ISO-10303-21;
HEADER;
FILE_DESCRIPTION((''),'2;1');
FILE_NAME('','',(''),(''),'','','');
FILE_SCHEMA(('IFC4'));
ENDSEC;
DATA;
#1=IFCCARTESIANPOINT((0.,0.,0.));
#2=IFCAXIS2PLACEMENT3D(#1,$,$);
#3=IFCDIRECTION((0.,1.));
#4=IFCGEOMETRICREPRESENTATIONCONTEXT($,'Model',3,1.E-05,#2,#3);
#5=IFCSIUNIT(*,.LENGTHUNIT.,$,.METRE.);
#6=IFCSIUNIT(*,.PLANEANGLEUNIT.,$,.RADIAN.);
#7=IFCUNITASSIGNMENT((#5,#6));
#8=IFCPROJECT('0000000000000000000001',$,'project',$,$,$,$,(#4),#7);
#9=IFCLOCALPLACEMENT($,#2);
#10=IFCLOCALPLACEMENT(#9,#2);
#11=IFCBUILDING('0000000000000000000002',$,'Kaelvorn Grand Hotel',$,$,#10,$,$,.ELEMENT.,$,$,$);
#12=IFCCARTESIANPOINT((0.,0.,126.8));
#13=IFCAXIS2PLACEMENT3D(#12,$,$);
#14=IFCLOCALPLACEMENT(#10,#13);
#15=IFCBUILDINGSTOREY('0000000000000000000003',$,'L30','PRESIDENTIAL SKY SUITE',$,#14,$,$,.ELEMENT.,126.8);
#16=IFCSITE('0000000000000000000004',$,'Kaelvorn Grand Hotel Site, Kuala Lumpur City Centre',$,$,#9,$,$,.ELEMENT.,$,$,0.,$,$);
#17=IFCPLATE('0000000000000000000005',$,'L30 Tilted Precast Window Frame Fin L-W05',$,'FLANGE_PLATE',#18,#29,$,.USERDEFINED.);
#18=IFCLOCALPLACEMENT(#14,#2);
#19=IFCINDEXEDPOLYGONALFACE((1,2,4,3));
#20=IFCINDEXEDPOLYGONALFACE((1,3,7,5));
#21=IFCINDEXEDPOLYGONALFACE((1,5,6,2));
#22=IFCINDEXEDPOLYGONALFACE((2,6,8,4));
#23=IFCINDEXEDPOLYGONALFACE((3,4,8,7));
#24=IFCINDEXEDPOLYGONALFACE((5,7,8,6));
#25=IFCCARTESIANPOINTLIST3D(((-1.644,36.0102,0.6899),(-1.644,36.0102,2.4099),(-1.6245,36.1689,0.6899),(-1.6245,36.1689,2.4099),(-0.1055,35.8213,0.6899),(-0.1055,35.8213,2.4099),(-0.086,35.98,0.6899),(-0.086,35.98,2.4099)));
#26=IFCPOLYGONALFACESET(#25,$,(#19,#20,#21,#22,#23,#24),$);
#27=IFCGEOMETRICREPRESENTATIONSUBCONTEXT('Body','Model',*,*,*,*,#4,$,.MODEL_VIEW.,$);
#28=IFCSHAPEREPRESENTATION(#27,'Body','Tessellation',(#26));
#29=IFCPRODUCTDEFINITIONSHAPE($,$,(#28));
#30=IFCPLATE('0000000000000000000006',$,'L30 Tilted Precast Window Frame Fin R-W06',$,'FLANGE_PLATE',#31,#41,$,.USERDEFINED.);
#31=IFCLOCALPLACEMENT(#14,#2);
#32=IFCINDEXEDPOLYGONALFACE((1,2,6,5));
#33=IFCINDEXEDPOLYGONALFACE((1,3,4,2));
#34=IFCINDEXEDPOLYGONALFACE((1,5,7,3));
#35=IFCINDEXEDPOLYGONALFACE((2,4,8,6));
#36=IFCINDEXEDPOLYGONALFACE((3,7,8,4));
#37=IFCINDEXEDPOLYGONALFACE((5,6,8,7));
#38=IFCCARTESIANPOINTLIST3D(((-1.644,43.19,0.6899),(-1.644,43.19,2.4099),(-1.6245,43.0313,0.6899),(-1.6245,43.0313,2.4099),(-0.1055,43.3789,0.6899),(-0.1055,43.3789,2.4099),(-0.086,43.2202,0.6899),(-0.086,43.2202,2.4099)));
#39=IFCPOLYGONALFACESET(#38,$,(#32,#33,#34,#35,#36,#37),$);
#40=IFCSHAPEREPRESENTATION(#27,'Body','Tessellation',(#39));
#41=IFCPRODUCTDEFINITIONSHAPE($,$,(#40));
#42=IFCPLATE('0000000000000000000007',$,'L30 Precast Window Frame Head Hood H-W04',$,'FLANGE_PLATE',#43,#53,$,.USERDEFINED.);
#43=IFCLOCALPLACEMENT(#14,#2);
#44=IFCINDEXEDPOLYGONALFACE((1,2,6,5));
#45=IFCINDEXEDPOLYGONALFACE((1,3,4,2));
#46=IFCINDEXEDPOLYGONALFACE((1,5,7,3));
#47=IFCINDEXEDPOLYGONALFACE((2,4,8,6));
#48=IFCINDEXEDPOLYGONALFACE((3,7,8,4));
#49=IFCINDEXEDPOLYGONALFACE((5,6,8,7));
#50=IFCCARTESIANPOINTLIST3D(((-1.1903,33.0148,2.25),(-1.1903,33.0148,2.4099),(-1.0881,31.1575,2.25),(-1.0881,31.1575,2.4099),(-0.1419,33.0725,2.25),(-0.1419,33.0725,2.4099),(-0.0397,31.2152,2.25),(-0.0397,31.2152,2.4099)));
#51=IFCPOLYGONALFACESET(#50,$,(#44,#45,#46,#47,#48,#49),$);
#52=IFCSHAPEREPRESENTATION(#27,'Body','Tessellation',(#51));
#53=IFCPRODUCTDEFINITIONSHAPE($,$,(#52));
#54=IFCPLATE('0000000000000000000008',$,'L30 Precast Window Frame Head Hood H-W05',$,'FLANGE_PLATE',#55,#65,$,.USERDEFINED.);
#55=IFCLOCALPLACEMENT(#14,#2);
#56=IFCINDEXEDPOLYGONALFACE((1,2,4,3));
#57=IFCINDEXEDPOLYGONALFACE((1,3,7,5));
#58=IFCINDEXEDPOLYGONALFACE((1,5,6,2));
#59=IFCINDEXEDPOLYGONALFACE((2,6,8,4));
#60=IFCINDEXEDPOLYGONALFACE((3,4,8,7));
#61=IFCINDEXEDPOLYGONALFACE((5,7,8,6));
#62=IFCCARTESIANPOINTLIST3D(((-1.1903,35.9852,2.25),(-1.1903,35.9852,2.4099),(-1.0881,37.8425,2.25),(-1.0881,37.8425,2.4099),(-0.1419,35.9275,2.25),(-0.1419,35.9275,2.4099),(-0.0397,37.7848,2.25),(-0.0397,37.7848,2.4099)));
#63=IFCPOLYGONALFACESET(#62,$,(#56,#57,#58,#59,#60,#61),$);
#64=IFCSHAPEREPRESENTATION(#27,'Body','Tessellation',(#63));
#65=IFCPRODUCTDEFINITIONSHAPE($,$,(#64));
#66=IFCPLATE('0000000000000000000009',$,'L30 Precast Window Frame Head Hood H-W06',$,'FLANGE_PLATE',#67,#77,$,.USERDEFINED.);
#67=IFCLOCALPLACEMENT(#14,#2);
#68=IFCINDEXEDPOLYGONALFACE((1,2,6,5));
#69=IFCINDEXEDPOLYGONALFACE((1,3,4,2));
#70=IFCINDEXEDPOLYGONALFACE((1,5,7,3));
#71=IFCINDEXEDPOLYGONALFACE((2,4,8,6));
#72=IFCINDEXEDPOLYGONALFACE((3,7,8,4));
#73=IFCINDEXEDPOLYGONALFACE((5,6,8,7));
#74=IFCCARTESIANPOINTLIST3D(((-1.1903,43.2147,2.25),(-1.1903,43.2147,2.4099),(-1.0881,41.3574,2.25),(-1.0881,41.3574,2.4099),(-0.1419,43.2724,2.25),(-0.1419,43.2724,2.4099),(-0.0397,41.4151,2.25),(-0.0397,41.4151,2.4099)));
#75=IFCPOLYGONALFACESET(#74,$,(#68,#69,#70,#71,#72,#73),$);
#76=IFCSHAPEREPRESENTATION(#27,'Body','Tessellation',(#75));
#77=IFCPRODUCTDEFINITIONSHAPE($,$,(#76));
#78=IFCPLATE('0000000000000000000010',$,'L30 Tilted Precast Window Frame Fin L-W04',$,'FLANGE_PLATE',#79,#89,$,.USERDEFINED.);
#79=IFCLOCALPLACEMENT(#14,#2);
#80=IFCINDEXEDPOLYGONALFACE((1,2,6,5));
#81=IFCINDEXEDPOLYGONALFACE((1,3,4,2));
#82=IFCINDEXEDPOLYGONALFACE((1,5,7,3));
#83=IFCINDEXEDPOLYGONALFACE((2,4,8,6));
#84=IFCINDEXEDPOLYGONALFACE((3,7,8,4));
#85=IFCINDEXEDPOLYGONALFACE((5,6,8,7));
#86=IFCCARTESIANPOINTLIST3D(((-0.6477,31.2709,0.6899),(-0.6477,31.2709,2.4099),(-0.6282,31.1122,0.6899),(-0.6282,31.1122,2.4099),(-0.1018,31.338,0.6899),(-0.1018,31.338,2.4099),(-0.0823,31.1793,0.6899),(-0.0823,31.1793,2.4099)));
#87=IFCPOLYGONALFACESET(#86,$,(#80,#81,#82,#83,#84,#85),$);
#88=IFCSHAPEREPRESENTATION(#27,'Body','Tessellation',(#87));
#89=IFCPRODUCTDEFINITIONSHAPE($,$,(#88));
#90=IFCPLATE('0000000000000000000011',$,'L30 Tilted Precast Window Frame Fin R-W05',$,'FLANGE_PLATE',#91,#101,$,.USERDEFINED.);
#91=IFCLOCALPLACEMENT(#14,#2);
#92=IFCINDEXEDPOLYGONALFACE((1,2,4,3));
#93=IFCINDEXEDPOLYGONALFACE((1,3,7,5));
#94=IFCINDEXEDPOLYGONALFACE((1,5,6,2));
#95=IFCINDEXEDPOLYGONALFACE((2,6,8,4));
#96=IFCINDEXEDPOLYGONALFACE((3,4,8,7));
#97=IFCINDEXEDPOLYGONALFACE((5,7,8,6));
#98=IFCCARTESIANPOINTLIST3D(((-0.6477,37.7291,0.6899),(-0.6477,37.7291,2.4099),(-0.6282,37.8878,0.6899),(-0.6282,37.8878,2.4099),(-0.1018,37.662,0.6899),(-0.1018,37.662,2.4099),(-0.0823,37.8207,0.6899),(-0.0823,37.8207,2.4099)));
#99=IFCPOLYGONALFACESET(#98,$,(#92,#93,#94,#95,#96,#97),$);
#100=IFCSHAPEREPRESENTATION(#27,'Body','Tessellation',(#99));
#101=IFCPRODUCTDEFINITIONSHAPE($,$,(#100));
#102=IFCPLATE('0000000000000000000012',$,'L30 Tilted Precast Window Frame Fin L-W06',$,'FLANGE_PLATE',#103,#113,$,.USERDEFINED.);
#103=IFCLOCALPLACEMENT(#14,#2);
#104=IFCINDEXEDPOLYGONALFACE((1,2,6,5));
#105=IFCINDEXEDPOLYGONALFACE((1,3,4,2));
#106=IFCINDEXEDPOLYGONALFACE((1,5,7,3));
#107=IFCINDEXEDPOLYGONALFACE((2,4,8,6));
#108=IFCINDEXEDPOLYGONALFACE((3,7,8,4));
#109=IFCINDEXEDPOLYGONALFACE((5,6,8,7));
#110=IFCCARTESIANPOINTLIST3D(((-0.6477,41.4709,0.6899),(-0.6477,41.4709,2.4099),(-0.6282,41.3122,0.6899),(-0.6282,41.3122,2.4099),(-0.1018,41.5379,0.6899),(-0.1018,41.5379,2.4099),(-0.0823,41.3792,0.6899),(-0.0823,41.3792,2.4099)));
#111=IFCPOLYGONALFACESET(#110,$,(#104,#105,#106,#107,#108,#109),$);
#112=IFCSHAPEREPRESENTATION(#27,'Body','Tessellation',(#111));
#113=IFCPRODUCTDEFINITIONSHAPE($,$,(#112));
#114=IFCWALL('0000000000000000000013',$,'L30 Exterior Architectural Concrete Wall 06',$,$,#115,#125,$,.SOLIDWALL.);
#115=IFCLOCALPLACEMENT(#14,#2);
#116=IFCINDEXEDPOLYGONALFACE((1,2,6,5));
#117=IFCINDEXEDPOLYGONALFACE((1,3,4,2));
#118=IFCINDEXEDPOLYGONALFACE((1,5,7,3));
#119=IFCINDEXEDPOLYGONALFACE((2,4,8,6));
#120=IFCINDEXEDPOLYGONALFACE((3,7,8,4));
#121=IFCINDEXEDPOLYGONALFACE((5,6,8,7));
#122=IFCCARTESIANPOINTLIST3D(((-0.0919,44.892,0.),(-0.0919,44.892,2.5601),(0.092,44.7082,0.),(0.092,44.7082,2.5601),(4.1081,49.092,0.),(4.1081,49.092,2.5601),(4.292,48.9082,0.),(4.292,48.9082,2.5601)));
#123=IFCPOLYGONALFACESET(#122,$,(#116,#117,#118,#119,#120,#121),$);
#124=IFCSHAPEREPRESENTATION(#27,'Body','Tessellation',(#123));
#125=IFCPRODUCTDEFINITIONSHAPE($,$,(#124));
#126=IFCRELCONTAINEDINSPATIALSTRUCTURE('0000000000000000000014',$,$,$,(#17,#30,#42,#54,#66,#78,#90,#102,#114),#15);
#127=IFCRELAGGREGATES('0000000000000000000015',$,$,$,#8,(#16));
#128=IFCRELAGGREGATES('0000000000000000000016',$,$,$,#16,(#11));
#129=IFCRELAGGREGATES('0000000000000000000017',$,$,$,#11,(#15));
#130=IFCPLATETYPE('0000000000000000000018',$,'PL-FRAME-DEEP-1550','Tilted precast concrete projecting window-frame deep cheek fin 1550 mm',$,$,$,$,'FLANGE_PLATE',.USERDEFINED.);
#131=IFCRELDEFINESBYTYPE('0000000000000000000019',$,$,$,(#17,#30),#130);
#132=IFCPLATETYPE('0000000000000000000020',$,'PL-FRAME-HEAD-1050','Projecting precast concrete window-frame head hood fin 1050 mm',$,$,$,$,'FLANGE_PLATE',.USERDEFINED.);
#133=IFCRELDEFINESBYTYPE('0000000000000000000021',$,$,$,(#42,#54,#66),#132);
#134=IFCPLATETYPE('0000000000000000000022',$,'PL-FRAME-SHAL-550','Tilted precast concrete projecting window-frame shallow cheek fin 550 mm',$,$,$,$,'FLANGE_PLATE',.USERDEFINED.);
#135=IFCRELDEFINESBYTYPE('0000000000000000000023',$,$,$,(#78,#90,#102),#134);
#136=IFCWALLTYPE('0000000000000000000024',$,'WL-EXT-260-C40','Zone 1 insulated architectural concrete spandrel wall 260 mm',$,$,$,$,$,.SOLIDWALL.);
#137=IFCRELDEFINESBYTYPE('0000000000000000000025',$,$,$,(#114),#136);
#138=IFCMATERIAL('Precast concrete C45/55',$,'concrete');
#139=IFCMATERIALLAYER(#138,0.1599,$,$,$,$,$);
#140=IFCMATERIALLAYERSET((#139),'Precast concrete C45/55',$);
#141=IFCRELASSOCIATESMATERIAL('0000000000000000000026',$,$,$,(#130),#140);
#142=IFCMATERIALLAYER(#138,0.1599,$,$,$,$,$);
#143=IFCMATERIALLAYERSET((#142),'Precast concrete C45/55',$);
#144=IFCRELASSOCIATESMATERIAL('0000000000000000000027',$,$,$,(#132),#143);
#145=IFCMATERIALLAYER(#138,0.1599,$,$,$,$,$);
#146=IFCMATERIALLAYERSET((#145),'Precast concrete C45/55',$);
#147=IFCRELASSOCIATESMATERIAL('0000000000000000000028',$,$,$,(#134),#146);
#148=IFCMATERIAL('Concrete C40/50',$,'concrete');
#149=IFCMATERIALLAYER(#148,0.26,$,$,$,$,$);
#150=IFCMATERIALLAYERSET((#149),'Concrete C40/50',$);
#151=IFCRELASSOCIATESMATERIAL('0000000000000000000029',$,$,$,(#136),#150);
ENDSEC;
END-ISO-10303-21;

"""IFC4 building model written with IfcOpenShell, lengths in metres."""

from ifc_helpers import new_model, si_unit, direction, frame, frame_2d, origin, origin_2d, place, context, subcontext, project, spatial, rectangle, extrude, material, layer, layer_set, type_object, element, save


model = new_model("IFC4")

# Units and contexts
model_context = context("Model", 3, precision=1e-05, world=origin(), true_north=direction((0.0, 1.0)))
body_context = subcontext(model_context, "Body", "Model", "MODEL_VIEW")
ifc_project = project(units=[si_unit("LENGTHUNIT", "METRE"), si_unit("PLANEANGLEUNIT", "RADIAN")], contexts=[model_context])

# Site, building, storey
site_placement = place(None, origin())
site = spatial("IfcSite", under=ifc_project, at=site_placement, Name="Kaelvorn Grand Hotel Site, Kuala Lumpur City Centre", CompositionType="ELEMENT", RefElevation=0.0)
building_placement = place(site_placement, origin())
building = spatial("IfcBuilding", under=site, at=building_placement, Name="Kaelvorn Grand Hotel", CompositionType="ELEMENT")
storey_placement = place(building_placement, frame((0.0, 0.0, 126.8)))
storey = spatial("IfcBuildingStorey", under=building, at=storey_placement, Name="L30", Description="PRESIDENTIAL SKY SUITE", CompositionType="ELEMENT", Elevation=126.8)

# Plates
ifc_material_1 = material(Name="Precast concrete C45/55", Category="concrete")
ifc_layer_1 = layer(ifc_material_1, 0.1599)
ifc_layer_set_1 = layer_set([ifc_layer_1], Name="Precast concrete C45/55")
plate_type_1 = type_object("IfcPlateType", Name="PL-FRAME-DEEP-1550", Description="Tilted precast concrete projecting window-frame deep cheek fin 1550 mm", ElementType="FLANGE_PLATE", PredefinedType="USERDEFINED", material=ifc_layer_set_1)
for number, where, z_axis, x_axis, name in (
    (1, (-0.865, 35.9951, 0.6899), (0.0, 0.0, 1.0), (0.121869, 0.992546, 0.0), "L30 Tilted Precast Window Frame Fin L-W05"),
    (2, (-0.865, 43.2051, 0.6899), (0.0, 0.0, 1.0), (-0.121869, 0.992546, 0.0), "L30 Tilted Precast Window Frame Fin R-W06"),
):
    element("IfcPlate", number, at=place(storey_placement, frame(where, z_axis=z_axis, x_axis=x_axis)), inside=storey, type_object=plate_type_1, Name=name, ObjectType="FLANGE_PLATE", PredefinedType="USERDEFINED", context=body_context, shape_type="SweptSolid", body=[
        extrude(rectangle(XDim=0.1599, YDim=1.55, at=origin_2d()), origin(), (0.0, 0.0, 1.0), 1.72),
    ])
ifc_layer_2 = layer(ifc_material_1, 0.1599)
ifc_layer_set_2 = layer_set([ifc_layer_2], Name="Precast concrete C45/55")
plate_type_2 = type_object("IfcPlateType", Name="PL-FRAME-HEAD-1050", Description="Projecting precast concrete window-frame head hood fin 1050 mm", ElementType="FLANGE_PLATE", PredefinedType="USERDEFINED", material=ifc_layer_set_2)
for number, where, z_axis, x_axis, name in (
    (3, (-0.615, 32.115, 2.25), (0.0, 0.0, 1.0), (-0.05495, 0.998489, 0.0), "L30 Precast Window Frame Head Hood H-W04"),
    (4, (-0.615, 36.885, 2.25), (0.0, 0.0, 1.0), (0.05495, 0.998489, 0.0), "L30 Precast Window Frame Head Hood H-W05"),
    (5, (-0.615, 42.3149, 2.25), (0.0, 0.0, 1.0), (-0.05495, 0.998489, 0.0), "L30 Precast Window Frame Head Hood H-W06"),
):
    element("IfcPlate", number, at=place(storey_placement, frame(where, z_axis=z_axis, x_axis=x_axis)), inside=storey, type_object=plate_type_2, Name=name, ObjectType="FLANGE_PLATE", PredefinedType="USERDEFINED", context=body_context, shape_type="SweptSolid", body=[
        extrude(rectangle(XDim=1.8601, YDim=1.05, at=origin_2d()), origin(), (0.0, 0.0, 1.0), 0.1599),
    ])
ifc_layer_3 = layer(ifc_material_1, 0.1599)
ifc_layer_set_3 = layer_set([ifc_layer_3], Name="Precast concrete C45/55")
plate_type_3 = type_object("IfcPlateType", Name="PL-FRAME-SHAL-550", Description="Tilted precast concrete projecting window-frame shallow cheek fin 550 mm", ElementType="FLANGE_PLATE", PredefinedType="USERDEFINED", material=ifc_layer_set_3)
for number, where, z_axis, x_axis, name in (
    (6, (-0.365, 31.2251, 0.6899), (0.0, 0.0, 1.0), (-0.121869, 0.992546, 0.0), "L30 Tilted Precast Window Frame Fin L-W04"),
    (7, (-0.365, 37.7749, 0.6899), (0.0, 0.0, 1.0), (0.121869, 0.992546, 0.0), "L30 Tilted Precast Window Frame Fin R-W05"),
    (8, (-0.365, 41.425, 0.6899), (0.0, 0.0, 1.0), (-0.121869, 0.992546, 0.0), "L30 Tilted Precast Window Frame Fin L-W06"),
):
    element("IfcPlate", number, at=place(storey_placement, frame(where, z_axis=z_axis, x_axis=x_axis)), inside=storey, type_object=plate_type_3, Name=name, ObjectType="FLANGE_PLATE", PredefinedType="USERDEFINED", context=body_context, shape_type="SweptSolid", body=[
        extrude(rectangle(XDim=0.1599, YDim=0.55, at=origin_2d()), origin(), (0.0, 0.0, 1.0), 1.72),
    ])

# Wall
ifc_material_2 = material(Name="Concrete C40/50", Category="concrete")
ifc_layer_4 = layer(ifc_material_2, 0.26)
ifc_layer_set_4 = layer_set([ifc_layer_4], Name="Concrete C40/50")
wall_type_1 = type_object("IfcWallType", Name="WL-EXT-260-C40", Description="Zone 1 insulated architectural concrete spandrel wall 260 mm", PredefinedType="SOLIDWALL", material=ifc_layer_set_4)
wall_1_placement = place(storey_placement, frame((4.2, 49.0, 0.0), z_axis=(0.0, 0.0, 1.0), x_axis=(-0.707107, -0.707107, 0.0)))
element("IfcWall", 9, at=wall_1_placement, inside=storey, type_object=wall_type_1, Name="L30 Exterior Architectural Concrete Wall 06", PredefinedType="SOLIDWALL", context=body_context, shape_type="SweptSolid", body=[
    extrude(rectangle(XDim=5.9397, YDim=0.26, at=frame_2d((2.9697, 0.0))), origin(), (0.0, 0.0, 1.0), 2.5601),
])

save(model, "model.ifc")
